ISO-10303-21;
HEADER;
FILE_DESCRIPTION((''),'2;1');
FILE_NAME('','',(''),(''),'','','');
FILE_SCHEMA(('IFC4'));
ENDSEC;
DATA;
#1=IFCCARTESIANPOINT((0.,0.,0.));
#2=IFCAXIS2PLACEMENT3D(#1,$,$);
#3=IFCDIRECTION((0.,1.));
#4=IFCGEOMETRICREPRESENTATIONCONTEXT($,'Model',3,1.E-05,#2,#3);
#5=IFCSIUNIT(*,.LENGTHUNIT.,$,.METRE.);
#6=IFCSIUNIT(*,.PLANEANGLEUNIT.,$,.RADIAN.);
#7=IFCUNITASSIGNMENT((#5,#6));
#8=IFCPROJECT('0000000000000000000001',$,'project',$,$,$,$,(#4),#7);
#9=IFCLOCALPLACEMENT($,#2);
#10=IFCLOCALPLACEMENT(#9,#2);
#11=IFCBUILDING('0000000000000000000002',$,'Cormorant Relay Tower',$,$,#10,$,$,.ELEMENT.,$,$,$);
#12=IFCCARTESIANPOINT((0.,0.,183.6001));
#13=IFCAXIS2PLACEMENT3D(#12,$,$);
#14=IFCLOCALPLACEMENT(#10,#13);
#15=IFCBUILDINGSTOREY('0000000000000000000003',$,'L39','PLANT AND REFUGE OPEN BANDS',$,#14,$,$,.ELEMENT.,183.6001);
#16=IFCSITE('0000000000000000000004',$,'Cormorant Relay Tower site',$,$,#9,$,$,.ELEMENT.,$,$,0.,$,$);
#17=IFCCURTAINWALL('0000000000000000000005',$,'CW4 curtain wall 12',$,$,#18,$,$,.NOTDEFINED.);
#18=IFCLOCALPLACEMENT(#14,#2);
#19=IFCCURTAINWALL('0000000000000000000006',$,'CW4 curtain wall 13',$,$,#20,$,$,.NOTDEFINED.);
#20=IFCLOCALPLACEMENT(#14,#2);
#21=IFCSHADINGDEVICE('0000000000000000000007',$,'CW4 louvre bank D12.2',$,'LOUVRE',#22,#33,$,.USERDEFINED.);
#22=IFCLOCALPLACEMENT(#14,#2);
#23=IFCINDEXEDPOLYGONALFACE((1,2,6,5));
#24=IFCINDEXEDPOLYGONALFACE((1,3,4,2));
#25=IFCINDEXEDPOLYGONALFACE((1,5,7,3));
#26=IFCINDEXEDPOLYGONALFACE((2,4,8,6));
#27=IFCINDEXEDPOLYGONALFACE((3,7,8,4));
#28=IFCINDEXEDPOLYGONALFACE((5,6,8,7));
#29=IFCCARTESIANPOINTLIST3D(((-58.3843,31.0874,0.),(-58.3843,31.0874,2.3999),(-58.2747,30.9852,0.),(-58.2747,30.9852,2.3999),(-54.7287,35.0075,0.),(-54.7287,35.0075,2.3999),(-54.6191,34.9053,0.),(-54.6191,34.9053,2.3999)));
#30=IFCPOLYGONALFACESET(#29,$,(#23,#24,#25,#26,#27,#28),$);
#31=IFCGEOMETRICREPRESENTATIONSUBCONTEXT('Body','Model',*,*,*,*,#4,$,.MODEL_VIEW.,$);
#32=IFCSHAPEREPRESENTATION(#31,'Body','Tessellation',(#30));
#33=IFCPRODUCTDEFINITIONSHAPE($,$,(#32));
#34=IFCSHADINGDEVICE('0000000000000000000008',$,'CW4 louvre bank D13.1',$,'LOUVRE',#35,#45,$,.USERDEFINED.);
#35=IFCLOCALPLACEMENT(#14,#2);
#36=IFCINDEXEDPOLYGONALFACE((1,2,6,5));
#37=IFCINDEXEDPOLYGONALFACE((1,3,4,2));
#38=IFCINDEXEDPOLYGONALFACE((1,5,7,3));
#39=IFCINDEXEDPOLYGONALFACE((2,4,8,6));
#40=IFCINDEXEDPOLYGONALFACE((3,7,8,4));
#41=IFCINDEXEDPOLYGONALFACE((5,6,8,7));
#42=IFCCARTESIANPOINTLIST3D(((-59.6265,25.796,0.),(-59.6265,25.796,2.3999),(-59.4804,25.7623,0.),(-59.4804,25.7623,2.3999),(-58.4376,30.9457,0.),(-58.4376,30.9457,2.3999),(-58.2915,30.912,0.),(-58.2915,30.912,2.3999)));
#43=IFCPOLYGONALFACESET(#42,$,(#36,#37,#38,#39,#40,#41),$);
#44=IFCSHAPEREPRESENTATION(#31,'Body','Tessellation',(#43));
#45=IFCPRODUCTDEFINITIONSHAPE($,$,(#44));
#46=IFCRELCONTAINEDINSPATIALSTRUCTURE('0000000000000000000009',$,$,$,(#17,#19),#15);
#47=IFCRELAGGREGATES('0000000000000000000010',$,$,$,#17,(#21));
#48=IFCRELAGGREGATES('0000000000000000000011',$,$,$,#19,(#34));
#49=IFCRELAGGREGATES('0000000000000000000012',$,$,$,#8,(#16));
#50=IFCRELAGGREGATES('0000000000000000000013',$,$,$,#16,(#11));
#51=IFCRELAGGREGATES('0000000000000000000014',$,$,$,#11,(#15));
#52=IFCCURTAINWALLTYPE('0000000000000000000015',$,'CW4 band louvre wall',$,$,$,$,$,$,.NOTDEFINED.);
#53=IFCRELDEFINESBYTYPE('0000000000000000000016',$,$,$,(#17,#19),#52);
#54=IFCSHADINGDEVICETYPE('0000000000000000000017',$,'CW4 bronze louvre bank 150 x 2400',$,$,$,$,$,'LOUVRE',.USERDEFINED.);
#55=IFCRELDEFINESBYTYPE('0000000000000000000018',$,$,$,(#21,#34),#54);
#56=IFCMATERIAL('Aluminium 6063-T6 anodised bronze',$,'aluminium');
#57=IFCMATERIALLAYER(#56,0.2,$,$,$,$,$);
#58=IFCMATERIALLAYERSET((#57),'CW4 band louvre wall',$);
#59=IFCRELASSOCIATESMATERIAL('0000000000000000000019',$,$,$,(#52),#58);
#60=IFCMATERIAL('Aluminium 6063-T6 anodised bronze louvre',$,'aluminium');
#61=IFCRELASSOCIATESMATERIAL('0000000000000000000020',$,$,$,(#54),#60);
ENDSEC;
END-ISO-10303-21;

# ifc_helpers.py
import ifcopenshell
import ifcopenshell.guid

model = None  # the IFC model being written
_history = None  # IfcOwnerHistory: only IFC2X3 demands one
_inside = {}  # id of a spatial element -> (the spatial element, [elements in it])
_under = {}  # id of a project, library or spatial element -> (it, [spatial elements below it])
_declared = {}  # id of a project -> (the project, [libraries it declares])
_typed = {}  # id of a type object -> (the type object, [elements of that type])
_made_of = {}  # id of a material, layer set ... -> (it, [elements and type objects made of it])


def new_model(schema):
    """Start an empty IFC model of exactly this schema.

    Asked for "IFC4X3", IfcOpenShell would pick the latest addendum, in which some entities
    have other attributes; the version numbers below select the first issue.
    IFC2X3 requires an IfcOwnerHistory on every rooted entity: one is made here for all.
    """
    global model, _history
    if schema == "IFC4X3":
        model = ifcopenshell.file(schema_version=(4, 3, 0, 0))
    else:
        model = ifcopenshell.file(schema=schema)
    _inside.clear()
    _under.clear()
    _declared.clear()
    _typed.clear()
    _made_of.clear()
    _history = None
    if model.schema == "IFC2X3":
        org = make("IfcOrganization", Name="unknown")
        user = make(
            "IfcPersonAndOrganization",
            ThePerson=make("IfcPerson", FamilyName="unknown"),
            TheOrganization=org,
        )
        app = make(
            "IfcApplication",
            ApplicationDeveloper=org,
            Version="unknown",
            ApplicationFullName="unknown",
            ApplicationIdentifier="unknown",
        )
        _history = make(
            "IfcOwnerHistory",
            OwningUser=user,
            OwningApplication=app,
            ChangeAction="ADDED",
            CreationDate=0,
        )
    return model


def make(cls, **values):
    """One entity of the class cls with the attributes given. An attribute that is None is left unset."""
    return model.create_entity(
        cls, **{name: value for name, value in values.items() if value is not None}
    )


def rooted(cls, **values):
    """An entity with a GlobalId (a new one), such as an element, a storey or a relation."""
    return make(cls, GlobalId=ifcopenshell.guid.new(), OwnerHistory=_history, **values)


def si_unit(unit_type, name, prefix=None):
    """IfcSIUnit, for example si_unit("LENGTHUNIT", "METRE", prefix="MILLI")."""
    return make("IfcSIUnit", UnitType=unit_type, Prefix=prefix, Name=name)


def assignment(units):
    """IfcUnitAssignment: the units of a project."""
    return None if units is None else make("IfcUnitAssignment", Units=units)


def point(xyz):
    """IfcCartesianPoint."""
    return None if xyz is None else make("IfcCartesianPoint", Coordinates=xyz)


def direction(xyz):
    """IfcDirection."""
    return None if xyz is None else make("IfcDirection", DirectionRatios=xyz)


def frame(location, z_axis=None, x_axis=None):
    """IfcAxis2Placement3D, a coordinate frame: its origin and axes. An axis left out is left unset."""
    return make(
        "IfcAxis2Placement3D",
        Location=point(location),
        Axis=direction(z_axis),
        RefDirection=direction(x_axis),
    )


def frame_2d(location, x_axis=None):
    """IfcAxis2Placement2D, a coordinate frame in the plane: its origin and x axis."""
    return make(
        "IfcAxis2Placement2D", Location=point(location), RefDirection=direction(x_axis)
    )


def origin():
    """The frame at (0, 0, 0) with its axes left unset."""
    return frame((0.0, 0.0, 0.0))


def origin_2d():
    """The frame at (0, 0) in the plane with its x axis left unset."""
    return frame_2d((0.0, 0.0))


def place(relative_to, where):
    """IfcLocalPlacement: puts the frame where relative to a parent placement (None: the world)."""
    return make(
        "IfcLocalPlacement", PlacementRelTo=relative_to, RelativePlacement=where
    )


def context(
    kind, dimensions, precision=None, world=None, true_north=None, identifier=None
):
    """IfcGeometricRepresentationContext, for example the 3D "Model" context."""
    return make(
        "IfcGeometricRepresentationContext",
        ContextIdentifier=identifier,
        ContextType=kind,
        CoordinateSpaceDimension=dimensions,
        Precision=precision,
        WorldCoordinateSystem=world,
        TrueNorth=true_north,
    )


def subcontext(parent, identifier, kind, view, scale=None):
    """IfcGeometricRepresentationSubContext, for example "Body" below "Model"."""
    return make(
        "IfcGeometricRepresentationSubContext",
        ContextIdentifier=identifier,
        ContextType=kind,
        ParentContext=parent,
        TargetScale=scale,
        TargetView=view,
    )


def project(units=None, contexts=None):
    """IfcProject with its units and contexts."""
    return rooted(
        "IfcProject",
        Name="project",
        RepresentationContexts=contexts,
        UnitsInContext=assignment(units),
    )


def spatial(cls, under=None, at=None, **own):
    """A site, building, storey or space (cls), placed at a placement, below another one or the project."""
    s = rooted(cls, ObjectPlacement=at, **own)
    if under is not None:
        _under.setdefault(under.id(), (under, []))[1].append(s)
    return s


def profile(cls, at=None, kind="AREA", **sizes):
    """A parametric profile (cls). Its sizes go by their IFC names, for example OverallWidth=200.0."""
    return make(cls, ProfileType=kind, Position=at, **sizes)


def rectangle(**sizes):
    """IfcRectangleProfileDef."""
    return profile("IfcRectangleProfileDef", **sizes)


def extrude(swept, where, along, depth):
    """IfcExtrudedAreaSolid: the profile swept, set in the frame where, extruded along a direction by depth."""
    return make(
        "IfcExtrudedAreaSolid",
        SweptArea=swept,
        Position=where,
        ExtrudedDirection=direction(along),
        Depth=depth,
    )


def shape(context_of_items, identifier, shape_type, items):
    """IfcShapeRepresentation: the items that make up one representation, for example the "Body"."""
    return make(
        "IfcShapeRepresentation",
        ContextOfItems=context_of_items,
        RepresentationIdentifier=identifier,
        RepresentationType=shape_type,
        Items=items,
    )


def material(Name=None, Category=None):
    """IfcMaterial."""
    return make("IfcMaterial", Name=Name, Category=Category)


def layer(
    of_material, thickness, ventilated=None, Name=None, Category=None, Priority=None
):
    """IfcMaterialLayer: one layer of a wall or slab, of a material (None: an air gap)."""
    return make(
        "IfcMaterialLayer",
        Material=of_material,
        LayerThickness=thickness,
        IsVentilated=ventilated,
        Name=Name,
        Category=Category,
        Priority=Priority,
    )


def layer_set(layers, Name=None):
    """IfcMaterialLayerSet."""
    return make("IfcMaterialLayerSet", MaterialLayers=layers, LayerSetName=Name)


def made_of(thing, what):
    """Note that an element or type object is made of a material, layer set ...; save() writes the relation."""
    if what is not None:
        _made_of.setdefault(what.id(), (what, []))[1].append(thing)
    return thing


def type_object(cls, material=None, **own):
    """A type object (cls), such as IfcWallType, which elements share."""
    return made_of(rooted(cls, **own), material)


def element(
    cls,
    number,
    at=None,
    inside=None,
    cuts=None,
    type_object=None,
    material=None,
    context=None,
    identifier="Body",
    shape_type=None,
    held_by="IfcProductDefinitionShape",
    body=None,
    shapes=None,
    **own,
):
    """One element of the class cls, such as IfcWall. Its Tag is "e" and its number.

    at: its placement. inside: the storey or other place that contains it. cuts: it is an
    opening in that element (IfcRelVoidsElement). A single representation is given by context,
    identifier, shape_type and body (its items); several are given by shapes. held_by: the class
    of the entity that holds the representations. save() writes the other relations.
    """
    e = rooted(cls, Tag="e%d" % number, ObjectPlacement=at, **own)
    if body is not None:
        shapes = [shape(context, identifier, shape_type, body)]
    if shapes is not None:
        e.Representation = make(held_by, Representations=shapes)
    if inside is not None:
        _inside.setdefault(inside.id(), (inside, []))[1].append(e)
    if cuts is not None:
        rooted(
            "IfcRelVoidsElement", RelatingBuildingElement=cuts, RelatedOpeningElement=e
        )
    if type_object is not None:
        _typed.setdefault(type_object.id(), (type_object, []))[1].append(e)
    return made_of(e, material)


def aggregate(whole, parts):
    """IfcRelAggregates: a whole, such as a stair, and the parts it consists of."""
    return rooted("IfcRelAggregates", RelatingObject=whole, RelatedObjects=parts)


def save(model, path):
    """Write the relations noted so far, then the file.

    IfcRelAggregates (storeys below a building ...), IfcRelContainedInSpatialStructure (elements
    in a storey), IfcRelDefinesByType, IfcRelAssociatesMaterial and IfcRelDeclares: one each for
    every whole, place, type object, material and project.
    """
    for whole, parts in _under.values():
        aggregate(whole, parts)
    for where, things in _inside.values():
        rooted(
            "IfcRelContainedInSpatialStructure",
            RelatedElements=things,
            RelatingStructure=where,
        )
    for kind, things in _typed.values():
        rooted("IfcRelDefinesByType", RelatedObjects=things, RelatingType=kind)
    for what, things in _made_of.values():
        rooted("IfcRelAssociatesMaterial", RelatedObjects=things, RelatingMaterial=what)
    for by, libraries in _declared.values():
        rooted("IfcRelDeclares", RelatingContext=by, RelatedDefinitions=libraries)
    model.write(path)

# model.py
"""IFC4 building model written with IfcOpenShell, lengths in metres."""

from ifc_helpers import new_model, si_unit, direction, frame, origin, origin_2d, place, context, subcontext, project, spatial, rectangle, extrude, material, layer, layer_set, type_object, element, aggregate, save


model = new_model("IFC4")

# Units and contexts
model_context = context("Model", 3, precision=1e-05, world=origin(), true_north=direction((0.0, 1.0)))
body_context = subcontext(model_context, "Body", "Model", "MODEL_VIEW")
ifc_project = project(units=[si_unit("LENGTHUNIT", "METRE"), si_unit("PLANEANGLEUNIT", "RADIAN")], contexts=[model_context])

# Site, building, storey
site_placement = place(None, origin())
site = spatial("IfcSite", under=ifc_project, at=site_placement, Name="Cormorant Relay Tower site", CompositionType="ELEMENT", RefElevation=0.0)
building_placement = place(site_placement, origin())
building = spatial("IfcBuilding", under=site, at=building_placement, Name="Cormorant Relay Tower", CompositionType="ELEMENT")
storey_placement = place(building_placement, frame((0.0, 0.0, 183.6001)))
storey = spatial("IfcBuildingStorey", under=building, at=storey_placement, Name="L39", Description="PLANT AND REFUGE OPEN BANDS", CompositionType="ELEMENT", Elevation=183.6001)

# Curtain wall
ifc_material_1 = material(Name="Aluminium 6063-T6 anodised bronze", Category="aluminium")
ifc_layer_1 = layer(ifc_material_1, 0.2)
ifc_layer_set_1 = layer_set([ifc_layer_1], Name="CW4 band louvre wall")
curtain_wall_type = type_object("IfcCurtainWallType", Name="CW4 band louvre wall", PredefinedType="NOTDEFINED", material=ifc_layer_set_1)
curtain_wall_1_placement = place(storey_placement, origin())
curtain_wall_1 = element("IfcCurtainWall", 1, at=curtain_wall_1_placement, inside=storey, type_object=curtain_wall_type, Name="CW4 curtain wall 12", PredefinedType="NOTDEFINED")

# Curtain wall
curtain_wall_2_placement = place(storey_placement, origin())
curtain_wall_2 = element("IfcCurtainWall", 2, at=curtain_wall_2_placement, inside=storey, type_object=curtain_wall_type, Name="CW4 curtain wall 13", PredefinedType="NOTDEFINED")

# Shading devices
ifc_material_2 = material(Name="Aluminium 6063-T6 anodised bronze louvre", Category="aluminium")
shading_device_type = type_object("IfcShadingDeviceType", Name="CW4 bronze louvre bank 150 x 2400", ElementType="LOUVRE", PredefinedType="USERDEFINED", material=ifc_material_2)
shading_device_1_placement = place(storey_placement, frame((-56.5017, 32.9963, 0.0), z_axis=(0.0, 0.0, 1.0), x_axis=(-0.681998, -0.731354, 0.0)))
shading_device_1 = element("IfcShadingDevice", 3, at=shading_device_1_placement, type_object=shading_device_type, Name="CW4 louvre bank D12.2", ObjectType="LOUVRE", PredefinedType="USERDEFINED", context=body_context, shape_type="SweptSolid", body=[
    extrude(rectangle(XDim=5.3601, YDim=0.1499, at=origin_2d()), origin(), (0.0, 0.0, 1.0), 2.3999),
])
aggregate(curtain_wall_1, [shading_device_1])
shading_device_2_placement = place(storey_placement, frame((-58.959, 28.354, 0.0), z_axis=(0.0, 0.0, 1.0), x_axis=(-0.224951, -0.97437, 0.0)))
shading_device_2 = element("IfcShadingDevice", 4, at=shading_device_2_placement, type_object=shading_device_type, Name="CW4 louvre bank D13.1", ObjectType="LOUVRE", PredefinedType="USERDEFINED", context=body_context, shape_type="SweptSolid", body=[
    extrude(rectangle(XDim=5.2852, YDim=0.1499, at=origin_2d()), origin(), (0.0, 0.0, 1.0), 2.3999),
])
aggregate(curtain_wall_2, [shading_device_2])

save(model, "model.ifc")
